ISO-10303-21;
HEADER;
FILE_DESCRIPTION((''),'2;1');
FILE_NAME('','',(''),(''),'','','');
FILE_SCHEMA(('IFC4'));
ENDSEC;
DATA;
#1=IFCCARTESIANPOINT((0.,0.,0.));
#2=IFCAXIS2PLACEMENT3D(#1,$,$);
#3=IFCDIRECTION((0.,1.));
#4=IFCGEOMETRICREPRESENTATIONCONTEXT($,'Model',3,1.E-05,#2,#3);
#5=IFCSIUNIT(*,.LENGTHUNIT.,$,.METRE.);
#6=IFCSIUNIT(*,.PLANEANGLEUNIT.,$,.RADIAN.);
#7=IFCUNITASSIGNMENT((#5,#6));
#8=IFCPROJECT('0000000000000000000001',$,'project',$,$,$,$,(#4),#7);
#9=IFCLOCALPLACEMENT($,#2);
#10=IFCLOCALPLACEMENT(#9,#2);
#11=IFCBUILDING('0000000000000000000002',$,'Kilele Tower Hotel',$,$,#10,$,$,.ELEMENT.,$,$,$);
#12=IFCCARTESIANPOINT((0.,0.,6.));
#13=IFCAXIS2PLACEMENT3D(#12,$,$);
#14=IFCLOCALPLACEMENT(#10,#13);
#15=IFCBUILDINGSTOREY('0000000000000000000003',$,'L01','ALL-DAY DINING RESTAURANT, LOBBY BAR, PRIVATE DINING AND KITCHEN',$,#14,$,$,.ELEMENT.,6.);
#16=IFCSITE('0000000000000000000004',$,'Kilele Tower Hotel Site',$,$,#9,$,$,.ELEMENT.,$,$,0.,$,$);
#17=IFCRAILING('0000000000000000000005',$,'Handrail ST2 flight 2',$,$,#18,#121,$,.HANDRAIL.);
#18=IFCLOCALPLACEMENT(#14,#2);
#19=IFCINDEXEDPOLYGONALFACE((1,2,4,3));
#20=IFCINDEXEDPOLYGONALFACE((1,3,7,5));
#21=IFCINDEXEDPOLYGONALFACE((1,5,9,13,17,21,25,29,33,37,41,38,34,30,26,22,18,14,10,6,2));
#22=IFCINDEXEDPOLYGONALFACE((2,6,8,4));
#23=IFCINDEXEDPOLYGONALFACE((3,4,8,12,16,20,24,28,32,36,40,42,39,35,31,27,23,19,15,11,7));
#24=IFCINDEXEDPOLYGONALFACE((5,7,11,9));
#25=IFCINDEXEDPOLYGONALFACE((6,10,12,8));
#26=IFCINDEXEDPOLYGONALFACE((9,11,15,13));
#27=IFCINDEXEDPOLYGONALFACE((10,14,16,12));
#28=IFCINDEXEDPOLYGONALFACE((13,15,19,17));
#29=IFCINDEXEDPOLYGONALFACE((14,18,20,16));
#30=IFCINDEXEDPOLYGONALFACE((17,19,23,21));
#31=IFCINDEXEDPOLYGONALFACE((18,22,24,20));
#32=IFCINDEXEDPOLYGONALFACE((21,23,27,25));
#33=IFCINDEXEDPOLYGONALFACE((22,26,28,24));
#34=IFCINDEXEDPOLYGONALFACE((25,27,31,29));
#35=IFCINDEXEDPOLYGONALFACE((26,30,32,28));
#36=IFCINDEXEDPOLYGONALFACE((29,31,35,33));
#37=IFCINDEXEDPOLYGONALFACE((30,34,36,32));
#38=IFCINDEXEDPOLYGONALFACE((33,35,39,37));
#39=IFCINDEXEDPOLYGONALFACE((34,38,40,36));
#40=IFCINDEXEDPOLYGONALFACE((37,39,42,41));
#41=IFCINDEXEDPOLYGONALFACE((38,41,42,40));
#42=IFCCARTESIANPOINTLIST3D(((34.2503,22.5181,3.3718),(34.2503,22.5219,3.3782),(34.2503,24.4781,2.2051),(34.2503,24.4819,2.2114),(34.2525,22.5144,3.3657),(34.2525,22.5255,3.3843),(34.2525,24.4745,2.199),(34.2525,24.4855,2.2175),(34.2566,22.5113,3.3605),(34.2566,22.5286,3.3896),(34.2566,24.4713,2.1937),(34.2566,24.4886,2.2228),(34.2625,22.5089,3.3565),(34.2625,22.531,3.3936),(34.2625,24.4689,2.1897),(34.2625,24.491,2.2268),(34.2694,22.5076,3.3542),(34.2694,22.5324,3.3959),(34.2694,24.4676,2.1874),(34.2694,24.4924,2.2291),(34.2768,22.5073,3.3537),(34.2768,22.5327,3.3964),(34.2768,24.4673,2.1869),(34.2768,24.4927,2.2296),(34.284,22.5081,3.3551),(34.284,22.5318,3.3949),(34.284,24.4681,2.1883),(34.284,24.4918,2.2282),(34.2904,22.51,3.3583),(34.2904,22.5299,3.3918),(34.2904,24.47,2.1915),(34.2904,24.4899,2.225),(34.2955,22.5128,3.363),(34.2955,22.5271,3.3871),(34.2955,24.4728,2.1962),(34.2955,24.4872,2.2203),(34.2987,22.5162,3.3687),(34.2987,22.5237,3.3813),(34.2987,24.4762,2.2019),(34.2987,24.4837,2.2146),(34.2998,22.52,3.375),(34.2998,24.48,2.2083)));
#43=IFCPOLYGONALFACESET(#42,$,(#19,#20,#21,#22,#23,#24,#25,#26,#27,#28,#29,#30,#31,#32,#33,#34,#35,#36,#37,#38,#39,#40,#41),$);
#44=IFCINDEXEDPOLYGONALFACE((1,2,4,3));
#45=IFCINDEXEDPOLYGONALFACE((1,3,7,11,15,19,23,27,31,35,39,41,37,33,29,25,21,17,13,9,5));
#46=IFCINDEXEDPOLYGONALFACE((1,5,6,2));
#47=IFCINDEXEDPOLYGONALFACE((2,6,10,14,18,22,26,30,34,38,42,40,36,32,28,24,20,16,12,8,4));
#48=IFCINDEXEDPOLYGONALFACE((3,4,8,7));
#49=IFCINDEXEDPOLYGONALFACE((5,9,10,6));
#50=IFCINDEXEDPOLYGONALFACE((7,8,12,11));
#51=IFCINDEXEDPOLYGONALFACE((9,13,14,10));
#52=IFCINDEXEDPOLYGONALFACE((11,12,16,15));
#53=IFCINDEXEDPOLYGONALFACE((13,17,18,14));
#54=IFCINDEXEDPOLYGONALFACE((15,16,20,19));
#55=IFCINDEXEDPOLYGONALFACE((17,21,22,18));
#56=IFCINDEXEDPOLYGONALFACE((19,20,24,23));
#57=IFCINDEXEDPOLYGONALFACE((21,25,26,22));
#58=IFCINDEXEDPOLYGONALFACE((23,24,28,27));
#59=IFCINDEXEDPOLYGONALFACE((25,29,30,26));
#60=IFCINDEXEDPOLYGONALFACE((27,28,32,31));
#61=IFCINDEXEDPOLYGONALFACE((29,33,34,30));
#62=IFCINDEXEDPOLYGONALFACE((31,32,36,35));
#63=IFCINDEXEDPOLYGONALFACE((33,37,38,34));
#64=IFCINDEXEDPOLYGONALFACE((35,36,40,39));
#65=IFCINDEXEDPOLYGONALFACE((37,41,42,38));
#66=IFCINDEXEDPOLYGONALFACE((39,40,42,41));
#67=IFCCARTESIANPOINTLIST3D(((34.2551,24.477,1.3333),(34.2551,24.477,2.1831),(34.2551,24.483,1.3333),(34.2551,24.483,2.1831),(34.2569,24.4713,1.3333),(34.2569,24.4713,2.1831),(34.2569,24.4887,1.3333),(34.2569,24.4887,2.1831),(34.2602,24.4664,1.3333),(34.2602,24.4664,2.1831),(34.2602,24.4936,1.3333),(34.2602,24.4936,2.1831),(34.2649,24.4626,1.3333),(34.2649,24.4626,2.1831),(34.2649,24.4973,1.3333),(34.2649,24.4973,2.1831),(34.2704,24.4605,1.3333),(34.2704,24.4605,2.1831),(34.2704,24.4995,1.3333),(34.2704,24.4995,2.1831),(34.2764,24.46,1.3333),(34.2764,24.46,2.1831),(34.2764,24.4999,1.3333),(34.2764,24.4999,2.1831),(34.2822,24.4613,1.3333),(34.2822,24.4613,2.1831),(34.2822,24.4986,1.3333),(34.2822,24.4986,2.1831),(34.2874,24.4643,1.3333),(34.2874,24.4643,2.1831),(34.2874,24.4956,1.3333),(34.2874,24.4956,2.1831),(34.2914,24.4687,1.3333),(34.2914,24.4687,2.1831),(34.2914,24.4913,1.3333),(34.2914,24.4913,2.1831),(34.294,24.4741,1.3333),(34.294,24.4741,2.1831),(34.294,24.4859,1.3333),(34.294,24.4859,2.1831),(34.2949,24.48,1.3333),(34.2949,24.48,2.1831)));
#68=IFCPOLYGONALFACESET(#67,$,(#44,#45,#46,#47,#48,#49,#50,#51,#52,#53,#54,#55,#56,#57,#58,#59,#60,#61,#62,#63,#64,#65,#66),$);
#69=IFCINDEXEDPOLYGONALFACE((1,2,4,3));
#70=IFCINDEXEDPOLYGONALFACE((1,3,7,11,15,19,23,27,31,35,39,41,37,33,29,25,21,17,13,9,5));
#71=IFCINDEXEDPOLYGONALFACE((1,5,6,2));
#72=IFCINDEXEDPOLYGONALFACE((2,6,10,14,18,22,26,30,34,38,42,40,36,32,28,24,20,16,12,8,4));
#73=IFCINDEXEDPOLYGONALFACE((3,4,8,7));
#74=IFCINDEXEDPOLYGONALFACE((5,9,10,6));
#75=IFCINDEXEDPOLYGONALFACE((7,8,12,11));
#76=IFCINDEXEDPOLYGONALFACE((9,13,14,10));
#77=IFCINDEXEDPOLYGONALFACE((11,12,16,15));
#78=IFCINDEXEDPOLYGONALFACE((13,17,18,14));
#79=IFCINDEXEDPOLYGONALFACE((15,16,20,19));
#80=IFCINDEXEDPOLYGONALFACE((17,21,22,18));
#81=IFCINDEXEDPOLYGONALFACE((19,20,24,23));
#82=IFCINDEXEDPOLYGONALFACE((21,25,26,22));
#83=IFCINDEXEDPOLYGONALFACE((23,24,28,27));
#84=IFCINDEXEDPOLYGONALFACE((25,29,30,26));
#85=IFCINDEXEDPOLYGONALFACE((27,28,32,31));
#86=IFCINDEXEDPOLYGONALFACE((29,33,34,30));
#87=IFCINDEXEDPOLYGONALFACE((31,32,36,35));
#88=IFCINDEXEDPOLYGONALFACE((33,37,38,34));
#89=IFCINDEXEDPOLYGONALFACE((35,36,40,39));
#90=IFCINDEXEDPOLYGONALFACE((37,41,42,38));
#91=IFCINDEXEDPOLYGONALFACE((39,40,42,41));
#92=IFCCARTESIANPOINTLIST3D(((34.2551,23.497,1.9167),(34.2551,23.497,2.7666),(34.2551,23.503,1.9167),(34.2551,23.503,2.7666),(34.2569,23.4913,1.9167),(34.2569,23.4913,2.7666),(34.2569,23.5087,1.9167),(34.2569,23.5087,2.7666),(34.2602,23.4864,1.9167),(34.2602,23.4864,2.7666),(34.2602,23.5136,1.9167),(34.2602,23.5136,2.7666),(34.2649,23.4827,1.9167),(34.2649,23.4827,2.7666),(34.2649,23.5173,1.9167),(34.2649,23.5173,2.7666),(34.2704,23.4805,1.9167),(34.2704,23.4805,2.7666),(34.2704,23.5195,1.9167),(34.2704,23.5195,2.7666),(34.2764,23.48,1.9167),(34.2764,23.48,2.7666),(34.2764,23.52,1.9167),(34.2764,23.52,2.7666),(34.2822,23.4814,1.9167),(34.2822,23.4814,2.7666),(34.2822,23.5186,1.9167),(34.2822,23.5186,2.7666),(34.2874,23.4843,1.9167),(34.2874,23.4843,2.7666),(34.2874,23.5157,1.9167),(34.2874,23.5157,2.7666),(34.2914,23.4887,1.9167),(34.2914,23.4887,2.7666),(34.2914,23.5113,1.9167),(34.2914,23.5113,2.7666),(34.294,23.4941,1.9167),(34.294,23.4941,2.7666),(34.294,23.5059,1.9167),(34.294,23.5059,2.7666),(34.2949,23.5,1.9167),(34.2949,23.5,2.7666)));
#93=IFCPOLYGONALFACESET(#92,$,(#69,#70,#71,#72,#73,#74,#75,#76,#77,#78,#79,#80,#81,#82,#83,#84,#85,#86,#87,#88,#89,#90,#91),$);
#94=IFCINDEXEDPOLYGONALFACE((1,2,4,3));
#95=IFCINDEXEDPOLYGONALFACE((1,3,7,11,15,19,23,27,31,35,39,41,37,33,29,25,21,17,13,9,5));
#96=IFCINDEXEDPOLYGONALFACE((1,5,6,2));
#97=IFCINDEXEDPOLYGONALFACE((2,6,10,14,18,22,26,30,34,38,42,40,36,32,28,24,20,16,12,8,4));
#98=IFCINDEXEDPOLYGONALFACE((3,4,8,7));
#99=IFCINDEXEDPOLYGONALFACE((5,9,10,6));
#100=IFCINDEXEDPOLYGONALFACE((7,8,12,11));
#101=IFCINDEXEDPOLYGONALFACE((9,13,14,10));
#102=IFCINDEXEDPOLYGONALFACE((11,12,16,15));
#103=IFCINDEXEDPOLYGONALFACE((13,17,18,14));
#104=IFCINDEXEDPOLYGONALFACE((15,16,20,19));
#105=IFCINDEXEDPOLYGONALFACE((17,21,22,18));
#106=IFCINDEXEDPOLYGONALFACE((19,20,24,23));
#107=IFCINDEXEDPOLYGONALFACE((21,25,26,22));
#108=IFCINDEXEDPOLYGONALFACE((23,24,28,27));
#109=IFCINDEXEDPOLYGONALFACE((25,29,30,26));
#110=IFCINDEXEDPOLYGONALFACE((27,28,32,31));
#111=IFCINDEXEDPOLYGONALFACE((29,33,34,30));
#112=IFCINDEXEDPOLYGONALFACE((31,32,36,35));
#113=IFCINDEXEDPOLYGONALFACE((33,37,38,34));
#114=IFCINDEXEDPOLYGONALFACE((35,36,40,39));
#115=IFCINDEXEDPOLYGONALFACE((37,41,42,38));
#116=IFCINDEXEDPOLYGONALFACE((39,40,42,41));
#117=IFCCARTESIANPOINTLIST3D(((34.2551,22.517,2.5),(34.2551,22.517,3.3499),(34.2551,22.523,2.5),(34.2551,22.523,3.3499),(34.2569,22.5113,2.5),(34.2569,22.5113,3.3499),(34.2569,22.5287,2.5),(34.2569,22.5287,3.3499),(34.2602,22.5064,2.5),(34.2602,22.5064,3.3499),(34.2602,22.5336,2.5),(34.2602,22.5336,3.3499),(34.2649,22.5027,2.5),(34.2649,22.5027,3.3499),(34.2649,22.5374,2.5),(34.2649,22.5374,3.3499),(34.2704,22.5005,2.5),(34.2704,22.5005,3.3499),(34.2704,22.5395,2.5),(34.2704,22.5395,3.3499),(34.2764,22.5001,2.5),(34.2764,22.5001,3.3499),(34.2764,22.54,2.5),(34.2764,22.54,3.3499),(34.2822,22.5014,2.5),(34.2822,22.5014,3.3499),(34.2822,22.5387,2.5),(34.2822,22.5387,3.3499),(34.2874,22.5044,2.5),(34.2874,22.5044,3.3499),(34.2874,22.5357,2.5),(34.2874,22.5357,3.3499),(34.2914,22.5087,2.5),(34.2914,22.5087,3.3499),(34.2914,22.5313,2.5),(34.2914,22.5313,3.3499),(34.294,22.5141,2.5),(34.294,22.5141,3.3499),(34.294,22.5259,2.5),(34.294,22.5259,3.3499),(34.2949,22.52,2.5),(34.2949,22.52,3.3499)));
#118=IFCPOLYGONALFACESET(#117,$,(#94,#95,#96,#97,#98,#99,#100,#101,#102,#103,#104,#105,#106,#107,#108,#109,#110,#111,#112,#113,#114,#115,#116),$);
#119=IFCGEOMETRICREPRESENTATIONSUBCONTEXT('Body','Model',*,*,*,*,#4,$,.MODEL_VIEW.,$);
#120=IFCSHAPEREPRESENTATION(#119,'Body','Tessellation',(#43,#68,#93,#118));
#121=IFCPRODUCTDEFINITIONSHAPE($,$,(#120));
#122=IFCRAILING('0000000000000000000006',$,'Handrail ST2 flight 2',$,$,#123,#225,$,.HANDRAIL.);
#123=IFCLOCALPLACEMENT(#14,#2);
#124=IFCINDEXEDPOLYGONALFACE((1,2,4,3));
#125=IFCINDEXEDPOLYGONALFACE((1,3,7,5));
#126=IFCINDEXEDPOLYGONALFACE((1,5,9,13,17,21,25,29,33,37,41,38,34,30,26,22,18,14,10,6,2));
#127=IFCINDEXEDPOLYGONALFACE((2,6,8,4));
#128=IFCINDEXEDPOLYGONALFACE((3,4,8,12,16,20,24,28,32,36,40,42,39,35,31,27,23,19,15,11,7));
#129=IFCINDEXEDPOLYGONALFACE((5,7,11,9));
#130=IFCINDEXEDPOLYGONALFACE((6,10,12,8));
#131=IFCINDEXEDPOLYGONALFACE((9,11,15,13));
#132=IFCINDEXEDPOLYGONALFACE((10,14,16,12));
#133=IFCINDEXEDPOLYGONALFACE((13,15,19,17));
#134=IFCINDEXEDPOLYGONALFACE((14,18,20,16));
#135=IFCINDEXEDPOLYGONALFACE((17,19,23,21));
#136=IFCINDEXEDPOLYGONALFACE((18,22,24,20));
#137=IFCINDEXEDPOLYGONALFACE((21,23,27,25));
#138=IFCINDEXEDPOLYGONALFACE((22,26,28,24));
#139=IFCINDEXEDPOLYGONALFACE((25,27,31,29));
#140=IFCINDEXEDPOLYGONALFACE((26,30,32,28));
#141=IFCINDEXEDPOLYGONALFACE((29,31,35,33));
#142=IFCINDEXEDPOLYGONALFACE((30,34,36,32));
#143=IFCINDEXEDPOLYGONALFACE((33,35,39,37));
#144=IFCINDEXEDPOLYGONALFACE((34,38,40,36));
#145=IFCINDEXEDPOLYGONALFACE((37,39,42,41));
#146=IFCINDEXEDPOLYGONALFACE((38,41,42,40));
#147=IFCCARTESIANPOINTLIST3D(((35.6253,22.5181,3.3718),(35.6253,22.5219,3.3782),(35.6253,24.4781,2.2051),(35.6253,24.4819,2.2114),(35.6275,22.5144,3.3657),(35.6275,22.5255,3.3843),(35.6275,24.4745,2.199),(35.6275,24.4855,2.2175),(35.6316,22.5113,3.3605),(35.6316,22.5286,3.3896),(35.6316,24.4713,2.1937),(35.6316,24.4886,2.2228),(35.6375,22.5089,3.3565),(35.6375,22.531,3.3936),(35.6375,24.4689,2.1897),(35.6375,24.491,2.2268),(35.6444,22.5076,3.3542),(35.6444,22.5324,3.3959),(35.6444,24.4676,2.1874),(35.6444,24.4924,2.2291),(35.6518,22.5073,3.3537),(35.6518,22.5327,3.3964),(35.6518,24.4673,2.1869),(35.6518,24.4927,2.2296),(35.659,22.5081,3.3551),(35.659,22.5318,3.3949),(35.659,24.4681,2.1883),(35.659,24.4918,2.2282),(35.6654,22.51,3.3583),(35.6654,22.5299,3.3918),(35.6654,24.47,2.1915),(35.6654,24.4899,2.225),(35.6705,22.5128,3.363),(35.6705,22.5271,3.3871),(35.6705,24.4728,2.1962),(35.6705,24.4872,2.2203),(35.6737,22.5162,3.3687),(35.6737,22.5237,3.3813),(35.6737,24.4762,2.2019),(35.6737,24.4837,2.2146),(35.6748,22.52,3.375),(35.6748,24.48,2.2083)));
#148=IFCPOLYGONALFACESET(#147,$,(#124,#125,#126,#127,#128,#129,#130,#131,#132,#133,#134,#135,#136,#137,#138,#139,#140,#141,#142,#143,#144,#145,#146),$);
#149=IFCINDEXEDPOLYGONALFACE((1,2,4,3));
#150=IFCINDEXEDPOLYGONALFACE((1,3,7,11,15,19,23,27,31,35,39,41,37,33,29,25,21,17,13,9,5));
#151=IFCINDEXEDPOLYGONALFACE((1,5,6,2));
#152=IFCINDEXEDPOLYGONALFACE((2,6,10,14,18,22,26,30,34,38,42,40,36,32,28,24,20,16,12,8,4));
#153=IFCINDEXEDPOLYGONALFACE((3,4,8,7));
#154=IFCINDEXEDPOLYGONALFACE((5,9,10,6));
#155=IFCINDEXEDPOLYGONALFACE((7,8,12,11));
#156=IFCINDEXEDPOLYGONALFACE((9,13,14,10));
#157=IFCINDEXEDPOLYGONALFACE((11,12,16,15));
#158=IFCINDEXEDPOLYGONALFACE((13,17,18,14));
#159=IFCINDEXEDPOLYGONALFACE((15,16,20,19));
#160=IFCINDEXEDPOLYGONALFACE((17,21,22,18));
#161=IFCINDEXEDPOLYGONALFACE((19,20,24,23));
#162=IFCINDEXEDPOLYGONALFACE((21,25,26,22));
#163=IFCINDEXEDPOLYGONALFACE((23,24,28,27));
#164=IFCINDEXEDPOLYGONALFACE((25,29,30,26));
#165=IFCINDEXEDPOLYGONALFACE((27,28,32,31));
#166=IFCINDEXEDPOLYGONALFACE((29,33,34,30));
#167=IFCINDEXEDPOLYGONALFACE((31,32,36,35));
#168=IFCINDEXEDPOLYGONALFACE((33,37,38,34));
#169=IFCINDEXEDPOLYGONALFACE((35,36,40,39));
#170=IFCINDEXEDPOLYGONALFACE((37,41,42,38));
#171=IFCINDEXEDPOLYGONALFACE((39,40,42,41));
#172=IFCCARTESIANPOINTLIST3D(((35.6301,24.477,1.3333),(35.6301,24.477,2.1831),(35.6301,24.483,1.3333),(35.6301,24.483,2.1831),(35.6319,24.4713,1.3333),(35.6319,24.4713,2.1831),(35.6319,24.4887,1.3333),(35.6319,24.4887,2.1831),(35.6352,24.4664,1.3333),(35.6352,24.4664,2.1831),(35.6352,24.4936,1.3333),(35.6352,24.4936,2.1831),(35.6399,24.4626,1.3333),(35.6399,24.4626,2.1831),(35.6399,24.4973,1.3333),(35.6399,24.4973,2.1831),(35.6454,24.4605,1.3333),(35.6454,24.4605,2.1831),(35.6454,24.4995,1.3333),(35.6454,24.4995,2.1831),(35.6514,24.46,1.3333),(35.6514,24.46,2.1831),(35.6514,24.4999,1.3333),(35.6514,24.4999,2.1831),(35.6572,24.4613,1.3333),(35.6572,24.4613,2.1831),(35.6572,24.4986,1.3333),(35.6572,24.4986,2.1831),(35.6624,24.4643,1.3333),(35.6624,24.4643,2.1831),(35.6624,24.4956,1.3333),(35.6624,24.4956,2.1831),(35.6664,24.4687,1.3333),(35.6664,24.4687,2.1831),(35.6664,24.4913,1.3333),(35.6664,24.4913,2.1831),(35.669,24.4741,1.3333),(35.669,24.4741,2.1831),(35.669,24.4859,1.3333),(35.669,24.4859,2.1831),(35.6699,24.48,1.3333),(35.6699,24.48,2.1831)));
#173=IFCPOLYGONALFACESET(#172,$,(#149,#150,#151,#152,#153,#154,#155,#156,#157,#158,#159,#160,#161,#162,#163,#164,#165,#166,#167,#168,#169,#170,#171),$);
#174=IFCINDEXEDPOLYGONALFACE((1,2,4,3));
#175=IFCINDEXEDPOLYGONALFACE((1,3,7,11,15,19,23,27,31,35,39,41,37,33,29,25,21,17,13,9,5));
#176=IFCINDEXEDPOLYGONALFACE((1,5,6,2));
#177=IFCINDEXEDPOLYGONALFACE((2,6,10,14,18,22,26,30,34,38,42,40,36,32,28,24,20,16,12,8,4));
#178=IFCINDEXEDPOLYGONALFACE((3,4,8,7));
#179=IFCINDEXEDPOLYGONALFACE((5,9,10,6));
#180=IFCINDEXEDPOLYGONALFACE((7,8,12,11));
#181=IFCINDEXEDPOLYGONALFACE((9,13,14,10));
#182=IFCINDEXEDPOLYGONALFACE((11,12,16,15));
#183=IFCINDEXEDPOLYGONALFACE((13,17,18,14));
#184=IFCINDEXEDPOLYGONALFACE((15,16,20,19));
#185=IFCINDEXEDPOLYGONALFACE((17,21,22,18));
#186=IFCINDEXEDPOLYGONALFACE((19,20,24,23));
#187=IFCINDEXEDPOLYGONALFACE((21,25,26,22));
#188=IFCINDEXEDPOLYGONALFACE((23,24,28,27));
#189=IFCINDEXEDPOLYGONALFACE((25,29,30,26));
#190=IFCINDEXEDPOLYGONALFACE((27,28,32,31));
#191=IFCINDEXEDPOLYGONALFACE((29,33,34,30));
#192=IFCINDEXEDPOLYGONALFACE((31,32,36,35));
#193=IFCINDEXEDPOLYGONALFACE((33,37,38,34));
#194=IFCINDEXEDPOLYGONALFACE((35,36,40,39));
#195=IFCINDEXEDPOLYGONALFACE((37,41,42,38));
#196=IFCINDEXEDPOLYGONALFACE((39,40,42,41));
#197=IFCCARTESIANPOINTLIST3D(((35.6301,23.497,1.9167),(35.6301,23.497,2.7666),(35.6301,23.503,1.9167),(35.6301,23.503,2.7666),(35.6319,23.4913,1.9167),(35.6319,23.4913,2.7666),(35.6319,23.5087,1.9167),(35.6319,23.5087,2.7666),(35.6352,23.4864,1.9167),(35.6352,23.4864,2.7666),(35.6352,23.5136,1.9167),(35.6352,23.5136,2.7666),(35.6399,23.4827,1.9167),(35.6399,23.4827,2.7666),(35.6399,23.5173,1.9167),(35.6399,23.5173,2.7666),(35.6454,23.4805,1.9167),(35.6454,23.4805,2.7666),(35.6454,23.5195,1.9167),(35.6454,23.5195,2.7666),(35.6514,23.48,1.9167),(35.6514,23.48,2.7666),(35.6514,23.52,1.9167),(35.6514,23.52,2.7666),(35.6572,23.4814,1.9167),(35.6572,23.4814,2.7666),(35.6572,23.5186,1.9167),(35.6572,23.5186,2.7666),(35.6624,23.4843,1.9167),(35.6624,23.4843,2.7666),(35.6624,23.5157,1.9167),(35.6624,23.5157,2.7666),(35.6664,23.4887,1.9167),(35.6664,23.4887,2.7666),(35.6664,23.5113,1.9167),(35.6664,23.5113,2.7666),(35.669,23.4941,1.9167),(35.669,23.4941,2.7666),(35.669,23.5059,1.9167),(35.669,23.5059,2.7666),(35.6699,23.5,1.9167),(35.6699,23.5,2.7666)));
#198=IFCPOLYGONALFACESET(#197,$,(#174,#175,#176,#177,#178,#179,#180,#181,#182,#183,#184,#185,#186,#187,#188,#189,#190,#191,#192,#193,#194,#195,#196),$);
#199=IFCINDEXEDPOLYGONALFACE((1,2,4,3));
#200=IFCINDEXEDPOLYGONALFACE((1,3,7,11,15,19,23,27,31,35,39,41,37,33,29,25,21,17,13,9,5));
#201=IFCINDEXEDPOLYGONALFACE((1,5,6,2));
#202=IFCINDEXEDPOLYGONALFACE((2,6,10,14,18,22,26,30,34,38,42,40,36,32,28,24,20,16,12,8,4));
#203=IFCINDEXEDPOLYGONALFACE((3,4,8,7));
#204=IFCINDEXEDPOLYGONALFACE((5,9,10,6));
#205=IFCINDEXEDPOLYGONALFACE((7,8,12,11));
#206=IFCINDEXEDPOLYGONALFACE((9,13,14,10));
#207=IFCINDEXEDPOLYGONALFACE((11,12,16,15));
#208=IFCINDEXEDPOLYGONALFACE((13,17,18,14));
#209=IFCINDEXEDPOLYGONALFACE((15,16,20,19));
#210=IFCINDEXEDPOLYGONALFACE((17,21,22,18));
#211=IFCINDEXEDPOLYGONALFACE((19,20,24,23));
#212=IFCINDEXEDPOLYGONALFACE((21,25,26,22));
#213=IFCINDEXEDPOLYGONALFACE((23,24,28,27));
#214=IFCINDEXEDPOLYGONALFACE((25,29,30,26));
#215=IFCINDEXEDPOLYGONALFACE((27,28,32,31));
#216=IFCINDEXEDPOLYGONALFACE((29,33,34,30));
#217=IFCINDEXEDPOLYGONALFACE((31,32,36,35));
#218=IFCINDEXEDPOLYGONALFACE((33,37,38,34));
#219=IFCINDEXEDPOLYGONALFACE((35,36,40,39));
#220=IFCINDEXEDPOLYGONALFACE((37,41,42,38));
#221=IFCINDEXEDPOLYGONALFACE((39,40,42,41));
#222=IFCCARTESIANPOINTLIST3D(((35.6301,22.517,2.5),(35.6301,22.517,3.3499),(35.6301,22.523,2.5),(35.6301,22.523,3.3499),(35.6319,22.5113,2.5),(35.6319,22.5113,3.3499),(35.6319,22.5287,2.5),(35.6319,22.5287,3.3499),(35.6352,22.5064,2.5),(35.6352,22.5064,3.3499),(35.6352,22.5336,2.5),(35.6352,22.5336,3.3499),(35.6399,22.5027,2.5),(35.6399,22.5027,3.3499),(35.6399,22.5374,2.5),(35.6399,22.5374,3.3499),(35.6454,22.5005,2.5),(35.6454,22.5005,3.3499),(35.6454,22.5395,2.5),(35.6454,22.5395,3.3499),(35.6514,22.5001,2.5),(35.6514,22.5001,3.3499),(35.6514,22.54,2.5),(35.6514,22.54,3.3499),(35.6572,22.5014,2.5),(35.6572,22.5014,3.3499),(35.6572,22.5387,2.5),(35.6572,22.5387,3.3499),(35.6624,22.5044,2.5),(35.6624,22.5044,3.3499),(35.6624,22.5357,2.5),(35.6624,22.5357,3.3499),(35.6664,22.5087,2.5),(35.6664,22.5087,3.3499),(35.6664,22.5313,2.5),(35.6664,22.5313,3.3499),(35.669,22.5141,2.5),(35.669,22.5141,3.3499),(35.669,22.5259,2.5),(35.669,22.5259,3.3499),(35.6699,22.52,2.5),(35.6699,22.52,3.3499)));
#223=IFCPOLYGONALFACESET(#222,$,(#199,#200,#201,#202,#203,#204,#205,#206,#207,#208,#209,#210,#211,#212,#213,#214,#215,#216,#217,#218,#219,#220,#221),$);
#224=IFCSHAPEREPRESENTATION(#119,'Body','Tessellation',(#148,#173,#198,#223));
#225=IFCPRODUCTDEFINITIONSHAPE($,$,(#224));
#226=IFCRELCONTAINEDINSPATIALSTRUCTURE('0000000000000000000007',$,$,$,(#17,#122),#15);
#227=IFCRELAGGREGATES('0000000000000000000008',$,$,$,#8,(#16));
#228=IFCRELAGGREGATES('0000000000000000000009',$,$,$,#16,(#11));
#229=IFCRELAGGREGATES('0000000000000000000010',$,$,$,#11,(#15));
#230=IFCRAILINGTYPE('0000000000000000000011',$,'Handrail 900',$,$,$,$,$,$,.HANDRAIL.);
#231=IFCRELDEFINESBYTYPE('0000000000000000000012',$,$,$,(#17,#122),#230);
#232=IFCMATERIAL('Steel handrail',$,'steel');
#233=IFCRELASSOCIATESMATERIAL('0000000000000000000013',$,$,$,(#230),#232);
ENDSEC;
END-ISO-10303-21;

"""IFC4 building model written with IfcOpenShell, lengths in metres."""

from ifc_helpers import new_model, si_unit, direction, frame, origin, origin_2d, place, context, subcontext, project, spatial, circle, extrude, material, type_object, element, save


model = new_model("IFC4")

# Units and contexts
model_context = context("Model", 3, precision=1e-05, world=origin(), true_north=direction((0.0, 1.0)))
body_context = subcontext(model_context, "Body", "Model", "MODEL_VIEW")
ifc_project = project(units=[si_unit("LENGTHUNIT", "METRE"), si_unit("PLANEANGLEUNIT", "RADIAN")], contexts=[model_context])

# Site, building, storey
site_placement = place(None, origin())
site = spatial("IfcSite", under=ifc_project, at=site_placement, Name="Kilele Tower Hotel Site", CompositionType="ELEMENT", RefElevation=0.0)
building_placement = place(site_placement, origin())
building = spatial("IfcBuilding", under=site, at=building_placement, Name="Kilele Tower Hotel", CompositionType="ELEMENT")
storey_placement = place(building_placement, frame((0.0, 0.0, 6.0)))
storey = spatial("IfcBuildingStorey", under=building, at=storey_placement, Name="L01", Description="ALL-DAY DINING RESTAURANT, LOBBY BAR, PRIVATE DINING AND KITCHEN", CompositionType="ELEMENT", Elevation=6.0)

# Railings
ifc_material_1 = material(Name="Steel handrail", Category="steel")
railing_type_1 = type_object("IfcRailingType", Name="Handrail 900", PredefinedType="HANDRAIL", material=ifc_material_1)
for number, where, name in (
    (1, (34.2749, 24.48, 1.3333), "Handrail ST2 flight 2"),
    (2, (35.6499, 24.48, 1.3333), "Handrail ST2 flight 2"),
):
    element("IfcRailing", number, at=place(storey_placement, frame(where)), inside=storey, type_object=railing_type_1, Name=name, PredefinedType="HANDRAIL", context=body_context, shape_type="SweptSolid", body=[
        extrude(circle(Radius=0.0249, at=origin_2d()), frame((0.0, 0.0, 0.875), z_axis=(0.0, -0.859273, 0.511518), x_axis=(1.0, 0.0, 0.0)), (0.0, 0.0, 1.0), 2.281),
        extrude(circle(Radius=0.02, at=origin_2d()), origin(), (0.0, 0.0, 1.0), 0.8499),
        extrude(circle(Radius=0.02, at=origin_2d()), frame((0.0, -0.98, 0.5835)), (0.0, 0.0, 1.0), 0.8499),
        extrude(circle(Radius=0.02, at=origin_2d()), frame((0.0, -1.96, 1.1667)), (0.0, 0.0, 1.0), 0.8499),
    ])

save(model, "model.ifc")
